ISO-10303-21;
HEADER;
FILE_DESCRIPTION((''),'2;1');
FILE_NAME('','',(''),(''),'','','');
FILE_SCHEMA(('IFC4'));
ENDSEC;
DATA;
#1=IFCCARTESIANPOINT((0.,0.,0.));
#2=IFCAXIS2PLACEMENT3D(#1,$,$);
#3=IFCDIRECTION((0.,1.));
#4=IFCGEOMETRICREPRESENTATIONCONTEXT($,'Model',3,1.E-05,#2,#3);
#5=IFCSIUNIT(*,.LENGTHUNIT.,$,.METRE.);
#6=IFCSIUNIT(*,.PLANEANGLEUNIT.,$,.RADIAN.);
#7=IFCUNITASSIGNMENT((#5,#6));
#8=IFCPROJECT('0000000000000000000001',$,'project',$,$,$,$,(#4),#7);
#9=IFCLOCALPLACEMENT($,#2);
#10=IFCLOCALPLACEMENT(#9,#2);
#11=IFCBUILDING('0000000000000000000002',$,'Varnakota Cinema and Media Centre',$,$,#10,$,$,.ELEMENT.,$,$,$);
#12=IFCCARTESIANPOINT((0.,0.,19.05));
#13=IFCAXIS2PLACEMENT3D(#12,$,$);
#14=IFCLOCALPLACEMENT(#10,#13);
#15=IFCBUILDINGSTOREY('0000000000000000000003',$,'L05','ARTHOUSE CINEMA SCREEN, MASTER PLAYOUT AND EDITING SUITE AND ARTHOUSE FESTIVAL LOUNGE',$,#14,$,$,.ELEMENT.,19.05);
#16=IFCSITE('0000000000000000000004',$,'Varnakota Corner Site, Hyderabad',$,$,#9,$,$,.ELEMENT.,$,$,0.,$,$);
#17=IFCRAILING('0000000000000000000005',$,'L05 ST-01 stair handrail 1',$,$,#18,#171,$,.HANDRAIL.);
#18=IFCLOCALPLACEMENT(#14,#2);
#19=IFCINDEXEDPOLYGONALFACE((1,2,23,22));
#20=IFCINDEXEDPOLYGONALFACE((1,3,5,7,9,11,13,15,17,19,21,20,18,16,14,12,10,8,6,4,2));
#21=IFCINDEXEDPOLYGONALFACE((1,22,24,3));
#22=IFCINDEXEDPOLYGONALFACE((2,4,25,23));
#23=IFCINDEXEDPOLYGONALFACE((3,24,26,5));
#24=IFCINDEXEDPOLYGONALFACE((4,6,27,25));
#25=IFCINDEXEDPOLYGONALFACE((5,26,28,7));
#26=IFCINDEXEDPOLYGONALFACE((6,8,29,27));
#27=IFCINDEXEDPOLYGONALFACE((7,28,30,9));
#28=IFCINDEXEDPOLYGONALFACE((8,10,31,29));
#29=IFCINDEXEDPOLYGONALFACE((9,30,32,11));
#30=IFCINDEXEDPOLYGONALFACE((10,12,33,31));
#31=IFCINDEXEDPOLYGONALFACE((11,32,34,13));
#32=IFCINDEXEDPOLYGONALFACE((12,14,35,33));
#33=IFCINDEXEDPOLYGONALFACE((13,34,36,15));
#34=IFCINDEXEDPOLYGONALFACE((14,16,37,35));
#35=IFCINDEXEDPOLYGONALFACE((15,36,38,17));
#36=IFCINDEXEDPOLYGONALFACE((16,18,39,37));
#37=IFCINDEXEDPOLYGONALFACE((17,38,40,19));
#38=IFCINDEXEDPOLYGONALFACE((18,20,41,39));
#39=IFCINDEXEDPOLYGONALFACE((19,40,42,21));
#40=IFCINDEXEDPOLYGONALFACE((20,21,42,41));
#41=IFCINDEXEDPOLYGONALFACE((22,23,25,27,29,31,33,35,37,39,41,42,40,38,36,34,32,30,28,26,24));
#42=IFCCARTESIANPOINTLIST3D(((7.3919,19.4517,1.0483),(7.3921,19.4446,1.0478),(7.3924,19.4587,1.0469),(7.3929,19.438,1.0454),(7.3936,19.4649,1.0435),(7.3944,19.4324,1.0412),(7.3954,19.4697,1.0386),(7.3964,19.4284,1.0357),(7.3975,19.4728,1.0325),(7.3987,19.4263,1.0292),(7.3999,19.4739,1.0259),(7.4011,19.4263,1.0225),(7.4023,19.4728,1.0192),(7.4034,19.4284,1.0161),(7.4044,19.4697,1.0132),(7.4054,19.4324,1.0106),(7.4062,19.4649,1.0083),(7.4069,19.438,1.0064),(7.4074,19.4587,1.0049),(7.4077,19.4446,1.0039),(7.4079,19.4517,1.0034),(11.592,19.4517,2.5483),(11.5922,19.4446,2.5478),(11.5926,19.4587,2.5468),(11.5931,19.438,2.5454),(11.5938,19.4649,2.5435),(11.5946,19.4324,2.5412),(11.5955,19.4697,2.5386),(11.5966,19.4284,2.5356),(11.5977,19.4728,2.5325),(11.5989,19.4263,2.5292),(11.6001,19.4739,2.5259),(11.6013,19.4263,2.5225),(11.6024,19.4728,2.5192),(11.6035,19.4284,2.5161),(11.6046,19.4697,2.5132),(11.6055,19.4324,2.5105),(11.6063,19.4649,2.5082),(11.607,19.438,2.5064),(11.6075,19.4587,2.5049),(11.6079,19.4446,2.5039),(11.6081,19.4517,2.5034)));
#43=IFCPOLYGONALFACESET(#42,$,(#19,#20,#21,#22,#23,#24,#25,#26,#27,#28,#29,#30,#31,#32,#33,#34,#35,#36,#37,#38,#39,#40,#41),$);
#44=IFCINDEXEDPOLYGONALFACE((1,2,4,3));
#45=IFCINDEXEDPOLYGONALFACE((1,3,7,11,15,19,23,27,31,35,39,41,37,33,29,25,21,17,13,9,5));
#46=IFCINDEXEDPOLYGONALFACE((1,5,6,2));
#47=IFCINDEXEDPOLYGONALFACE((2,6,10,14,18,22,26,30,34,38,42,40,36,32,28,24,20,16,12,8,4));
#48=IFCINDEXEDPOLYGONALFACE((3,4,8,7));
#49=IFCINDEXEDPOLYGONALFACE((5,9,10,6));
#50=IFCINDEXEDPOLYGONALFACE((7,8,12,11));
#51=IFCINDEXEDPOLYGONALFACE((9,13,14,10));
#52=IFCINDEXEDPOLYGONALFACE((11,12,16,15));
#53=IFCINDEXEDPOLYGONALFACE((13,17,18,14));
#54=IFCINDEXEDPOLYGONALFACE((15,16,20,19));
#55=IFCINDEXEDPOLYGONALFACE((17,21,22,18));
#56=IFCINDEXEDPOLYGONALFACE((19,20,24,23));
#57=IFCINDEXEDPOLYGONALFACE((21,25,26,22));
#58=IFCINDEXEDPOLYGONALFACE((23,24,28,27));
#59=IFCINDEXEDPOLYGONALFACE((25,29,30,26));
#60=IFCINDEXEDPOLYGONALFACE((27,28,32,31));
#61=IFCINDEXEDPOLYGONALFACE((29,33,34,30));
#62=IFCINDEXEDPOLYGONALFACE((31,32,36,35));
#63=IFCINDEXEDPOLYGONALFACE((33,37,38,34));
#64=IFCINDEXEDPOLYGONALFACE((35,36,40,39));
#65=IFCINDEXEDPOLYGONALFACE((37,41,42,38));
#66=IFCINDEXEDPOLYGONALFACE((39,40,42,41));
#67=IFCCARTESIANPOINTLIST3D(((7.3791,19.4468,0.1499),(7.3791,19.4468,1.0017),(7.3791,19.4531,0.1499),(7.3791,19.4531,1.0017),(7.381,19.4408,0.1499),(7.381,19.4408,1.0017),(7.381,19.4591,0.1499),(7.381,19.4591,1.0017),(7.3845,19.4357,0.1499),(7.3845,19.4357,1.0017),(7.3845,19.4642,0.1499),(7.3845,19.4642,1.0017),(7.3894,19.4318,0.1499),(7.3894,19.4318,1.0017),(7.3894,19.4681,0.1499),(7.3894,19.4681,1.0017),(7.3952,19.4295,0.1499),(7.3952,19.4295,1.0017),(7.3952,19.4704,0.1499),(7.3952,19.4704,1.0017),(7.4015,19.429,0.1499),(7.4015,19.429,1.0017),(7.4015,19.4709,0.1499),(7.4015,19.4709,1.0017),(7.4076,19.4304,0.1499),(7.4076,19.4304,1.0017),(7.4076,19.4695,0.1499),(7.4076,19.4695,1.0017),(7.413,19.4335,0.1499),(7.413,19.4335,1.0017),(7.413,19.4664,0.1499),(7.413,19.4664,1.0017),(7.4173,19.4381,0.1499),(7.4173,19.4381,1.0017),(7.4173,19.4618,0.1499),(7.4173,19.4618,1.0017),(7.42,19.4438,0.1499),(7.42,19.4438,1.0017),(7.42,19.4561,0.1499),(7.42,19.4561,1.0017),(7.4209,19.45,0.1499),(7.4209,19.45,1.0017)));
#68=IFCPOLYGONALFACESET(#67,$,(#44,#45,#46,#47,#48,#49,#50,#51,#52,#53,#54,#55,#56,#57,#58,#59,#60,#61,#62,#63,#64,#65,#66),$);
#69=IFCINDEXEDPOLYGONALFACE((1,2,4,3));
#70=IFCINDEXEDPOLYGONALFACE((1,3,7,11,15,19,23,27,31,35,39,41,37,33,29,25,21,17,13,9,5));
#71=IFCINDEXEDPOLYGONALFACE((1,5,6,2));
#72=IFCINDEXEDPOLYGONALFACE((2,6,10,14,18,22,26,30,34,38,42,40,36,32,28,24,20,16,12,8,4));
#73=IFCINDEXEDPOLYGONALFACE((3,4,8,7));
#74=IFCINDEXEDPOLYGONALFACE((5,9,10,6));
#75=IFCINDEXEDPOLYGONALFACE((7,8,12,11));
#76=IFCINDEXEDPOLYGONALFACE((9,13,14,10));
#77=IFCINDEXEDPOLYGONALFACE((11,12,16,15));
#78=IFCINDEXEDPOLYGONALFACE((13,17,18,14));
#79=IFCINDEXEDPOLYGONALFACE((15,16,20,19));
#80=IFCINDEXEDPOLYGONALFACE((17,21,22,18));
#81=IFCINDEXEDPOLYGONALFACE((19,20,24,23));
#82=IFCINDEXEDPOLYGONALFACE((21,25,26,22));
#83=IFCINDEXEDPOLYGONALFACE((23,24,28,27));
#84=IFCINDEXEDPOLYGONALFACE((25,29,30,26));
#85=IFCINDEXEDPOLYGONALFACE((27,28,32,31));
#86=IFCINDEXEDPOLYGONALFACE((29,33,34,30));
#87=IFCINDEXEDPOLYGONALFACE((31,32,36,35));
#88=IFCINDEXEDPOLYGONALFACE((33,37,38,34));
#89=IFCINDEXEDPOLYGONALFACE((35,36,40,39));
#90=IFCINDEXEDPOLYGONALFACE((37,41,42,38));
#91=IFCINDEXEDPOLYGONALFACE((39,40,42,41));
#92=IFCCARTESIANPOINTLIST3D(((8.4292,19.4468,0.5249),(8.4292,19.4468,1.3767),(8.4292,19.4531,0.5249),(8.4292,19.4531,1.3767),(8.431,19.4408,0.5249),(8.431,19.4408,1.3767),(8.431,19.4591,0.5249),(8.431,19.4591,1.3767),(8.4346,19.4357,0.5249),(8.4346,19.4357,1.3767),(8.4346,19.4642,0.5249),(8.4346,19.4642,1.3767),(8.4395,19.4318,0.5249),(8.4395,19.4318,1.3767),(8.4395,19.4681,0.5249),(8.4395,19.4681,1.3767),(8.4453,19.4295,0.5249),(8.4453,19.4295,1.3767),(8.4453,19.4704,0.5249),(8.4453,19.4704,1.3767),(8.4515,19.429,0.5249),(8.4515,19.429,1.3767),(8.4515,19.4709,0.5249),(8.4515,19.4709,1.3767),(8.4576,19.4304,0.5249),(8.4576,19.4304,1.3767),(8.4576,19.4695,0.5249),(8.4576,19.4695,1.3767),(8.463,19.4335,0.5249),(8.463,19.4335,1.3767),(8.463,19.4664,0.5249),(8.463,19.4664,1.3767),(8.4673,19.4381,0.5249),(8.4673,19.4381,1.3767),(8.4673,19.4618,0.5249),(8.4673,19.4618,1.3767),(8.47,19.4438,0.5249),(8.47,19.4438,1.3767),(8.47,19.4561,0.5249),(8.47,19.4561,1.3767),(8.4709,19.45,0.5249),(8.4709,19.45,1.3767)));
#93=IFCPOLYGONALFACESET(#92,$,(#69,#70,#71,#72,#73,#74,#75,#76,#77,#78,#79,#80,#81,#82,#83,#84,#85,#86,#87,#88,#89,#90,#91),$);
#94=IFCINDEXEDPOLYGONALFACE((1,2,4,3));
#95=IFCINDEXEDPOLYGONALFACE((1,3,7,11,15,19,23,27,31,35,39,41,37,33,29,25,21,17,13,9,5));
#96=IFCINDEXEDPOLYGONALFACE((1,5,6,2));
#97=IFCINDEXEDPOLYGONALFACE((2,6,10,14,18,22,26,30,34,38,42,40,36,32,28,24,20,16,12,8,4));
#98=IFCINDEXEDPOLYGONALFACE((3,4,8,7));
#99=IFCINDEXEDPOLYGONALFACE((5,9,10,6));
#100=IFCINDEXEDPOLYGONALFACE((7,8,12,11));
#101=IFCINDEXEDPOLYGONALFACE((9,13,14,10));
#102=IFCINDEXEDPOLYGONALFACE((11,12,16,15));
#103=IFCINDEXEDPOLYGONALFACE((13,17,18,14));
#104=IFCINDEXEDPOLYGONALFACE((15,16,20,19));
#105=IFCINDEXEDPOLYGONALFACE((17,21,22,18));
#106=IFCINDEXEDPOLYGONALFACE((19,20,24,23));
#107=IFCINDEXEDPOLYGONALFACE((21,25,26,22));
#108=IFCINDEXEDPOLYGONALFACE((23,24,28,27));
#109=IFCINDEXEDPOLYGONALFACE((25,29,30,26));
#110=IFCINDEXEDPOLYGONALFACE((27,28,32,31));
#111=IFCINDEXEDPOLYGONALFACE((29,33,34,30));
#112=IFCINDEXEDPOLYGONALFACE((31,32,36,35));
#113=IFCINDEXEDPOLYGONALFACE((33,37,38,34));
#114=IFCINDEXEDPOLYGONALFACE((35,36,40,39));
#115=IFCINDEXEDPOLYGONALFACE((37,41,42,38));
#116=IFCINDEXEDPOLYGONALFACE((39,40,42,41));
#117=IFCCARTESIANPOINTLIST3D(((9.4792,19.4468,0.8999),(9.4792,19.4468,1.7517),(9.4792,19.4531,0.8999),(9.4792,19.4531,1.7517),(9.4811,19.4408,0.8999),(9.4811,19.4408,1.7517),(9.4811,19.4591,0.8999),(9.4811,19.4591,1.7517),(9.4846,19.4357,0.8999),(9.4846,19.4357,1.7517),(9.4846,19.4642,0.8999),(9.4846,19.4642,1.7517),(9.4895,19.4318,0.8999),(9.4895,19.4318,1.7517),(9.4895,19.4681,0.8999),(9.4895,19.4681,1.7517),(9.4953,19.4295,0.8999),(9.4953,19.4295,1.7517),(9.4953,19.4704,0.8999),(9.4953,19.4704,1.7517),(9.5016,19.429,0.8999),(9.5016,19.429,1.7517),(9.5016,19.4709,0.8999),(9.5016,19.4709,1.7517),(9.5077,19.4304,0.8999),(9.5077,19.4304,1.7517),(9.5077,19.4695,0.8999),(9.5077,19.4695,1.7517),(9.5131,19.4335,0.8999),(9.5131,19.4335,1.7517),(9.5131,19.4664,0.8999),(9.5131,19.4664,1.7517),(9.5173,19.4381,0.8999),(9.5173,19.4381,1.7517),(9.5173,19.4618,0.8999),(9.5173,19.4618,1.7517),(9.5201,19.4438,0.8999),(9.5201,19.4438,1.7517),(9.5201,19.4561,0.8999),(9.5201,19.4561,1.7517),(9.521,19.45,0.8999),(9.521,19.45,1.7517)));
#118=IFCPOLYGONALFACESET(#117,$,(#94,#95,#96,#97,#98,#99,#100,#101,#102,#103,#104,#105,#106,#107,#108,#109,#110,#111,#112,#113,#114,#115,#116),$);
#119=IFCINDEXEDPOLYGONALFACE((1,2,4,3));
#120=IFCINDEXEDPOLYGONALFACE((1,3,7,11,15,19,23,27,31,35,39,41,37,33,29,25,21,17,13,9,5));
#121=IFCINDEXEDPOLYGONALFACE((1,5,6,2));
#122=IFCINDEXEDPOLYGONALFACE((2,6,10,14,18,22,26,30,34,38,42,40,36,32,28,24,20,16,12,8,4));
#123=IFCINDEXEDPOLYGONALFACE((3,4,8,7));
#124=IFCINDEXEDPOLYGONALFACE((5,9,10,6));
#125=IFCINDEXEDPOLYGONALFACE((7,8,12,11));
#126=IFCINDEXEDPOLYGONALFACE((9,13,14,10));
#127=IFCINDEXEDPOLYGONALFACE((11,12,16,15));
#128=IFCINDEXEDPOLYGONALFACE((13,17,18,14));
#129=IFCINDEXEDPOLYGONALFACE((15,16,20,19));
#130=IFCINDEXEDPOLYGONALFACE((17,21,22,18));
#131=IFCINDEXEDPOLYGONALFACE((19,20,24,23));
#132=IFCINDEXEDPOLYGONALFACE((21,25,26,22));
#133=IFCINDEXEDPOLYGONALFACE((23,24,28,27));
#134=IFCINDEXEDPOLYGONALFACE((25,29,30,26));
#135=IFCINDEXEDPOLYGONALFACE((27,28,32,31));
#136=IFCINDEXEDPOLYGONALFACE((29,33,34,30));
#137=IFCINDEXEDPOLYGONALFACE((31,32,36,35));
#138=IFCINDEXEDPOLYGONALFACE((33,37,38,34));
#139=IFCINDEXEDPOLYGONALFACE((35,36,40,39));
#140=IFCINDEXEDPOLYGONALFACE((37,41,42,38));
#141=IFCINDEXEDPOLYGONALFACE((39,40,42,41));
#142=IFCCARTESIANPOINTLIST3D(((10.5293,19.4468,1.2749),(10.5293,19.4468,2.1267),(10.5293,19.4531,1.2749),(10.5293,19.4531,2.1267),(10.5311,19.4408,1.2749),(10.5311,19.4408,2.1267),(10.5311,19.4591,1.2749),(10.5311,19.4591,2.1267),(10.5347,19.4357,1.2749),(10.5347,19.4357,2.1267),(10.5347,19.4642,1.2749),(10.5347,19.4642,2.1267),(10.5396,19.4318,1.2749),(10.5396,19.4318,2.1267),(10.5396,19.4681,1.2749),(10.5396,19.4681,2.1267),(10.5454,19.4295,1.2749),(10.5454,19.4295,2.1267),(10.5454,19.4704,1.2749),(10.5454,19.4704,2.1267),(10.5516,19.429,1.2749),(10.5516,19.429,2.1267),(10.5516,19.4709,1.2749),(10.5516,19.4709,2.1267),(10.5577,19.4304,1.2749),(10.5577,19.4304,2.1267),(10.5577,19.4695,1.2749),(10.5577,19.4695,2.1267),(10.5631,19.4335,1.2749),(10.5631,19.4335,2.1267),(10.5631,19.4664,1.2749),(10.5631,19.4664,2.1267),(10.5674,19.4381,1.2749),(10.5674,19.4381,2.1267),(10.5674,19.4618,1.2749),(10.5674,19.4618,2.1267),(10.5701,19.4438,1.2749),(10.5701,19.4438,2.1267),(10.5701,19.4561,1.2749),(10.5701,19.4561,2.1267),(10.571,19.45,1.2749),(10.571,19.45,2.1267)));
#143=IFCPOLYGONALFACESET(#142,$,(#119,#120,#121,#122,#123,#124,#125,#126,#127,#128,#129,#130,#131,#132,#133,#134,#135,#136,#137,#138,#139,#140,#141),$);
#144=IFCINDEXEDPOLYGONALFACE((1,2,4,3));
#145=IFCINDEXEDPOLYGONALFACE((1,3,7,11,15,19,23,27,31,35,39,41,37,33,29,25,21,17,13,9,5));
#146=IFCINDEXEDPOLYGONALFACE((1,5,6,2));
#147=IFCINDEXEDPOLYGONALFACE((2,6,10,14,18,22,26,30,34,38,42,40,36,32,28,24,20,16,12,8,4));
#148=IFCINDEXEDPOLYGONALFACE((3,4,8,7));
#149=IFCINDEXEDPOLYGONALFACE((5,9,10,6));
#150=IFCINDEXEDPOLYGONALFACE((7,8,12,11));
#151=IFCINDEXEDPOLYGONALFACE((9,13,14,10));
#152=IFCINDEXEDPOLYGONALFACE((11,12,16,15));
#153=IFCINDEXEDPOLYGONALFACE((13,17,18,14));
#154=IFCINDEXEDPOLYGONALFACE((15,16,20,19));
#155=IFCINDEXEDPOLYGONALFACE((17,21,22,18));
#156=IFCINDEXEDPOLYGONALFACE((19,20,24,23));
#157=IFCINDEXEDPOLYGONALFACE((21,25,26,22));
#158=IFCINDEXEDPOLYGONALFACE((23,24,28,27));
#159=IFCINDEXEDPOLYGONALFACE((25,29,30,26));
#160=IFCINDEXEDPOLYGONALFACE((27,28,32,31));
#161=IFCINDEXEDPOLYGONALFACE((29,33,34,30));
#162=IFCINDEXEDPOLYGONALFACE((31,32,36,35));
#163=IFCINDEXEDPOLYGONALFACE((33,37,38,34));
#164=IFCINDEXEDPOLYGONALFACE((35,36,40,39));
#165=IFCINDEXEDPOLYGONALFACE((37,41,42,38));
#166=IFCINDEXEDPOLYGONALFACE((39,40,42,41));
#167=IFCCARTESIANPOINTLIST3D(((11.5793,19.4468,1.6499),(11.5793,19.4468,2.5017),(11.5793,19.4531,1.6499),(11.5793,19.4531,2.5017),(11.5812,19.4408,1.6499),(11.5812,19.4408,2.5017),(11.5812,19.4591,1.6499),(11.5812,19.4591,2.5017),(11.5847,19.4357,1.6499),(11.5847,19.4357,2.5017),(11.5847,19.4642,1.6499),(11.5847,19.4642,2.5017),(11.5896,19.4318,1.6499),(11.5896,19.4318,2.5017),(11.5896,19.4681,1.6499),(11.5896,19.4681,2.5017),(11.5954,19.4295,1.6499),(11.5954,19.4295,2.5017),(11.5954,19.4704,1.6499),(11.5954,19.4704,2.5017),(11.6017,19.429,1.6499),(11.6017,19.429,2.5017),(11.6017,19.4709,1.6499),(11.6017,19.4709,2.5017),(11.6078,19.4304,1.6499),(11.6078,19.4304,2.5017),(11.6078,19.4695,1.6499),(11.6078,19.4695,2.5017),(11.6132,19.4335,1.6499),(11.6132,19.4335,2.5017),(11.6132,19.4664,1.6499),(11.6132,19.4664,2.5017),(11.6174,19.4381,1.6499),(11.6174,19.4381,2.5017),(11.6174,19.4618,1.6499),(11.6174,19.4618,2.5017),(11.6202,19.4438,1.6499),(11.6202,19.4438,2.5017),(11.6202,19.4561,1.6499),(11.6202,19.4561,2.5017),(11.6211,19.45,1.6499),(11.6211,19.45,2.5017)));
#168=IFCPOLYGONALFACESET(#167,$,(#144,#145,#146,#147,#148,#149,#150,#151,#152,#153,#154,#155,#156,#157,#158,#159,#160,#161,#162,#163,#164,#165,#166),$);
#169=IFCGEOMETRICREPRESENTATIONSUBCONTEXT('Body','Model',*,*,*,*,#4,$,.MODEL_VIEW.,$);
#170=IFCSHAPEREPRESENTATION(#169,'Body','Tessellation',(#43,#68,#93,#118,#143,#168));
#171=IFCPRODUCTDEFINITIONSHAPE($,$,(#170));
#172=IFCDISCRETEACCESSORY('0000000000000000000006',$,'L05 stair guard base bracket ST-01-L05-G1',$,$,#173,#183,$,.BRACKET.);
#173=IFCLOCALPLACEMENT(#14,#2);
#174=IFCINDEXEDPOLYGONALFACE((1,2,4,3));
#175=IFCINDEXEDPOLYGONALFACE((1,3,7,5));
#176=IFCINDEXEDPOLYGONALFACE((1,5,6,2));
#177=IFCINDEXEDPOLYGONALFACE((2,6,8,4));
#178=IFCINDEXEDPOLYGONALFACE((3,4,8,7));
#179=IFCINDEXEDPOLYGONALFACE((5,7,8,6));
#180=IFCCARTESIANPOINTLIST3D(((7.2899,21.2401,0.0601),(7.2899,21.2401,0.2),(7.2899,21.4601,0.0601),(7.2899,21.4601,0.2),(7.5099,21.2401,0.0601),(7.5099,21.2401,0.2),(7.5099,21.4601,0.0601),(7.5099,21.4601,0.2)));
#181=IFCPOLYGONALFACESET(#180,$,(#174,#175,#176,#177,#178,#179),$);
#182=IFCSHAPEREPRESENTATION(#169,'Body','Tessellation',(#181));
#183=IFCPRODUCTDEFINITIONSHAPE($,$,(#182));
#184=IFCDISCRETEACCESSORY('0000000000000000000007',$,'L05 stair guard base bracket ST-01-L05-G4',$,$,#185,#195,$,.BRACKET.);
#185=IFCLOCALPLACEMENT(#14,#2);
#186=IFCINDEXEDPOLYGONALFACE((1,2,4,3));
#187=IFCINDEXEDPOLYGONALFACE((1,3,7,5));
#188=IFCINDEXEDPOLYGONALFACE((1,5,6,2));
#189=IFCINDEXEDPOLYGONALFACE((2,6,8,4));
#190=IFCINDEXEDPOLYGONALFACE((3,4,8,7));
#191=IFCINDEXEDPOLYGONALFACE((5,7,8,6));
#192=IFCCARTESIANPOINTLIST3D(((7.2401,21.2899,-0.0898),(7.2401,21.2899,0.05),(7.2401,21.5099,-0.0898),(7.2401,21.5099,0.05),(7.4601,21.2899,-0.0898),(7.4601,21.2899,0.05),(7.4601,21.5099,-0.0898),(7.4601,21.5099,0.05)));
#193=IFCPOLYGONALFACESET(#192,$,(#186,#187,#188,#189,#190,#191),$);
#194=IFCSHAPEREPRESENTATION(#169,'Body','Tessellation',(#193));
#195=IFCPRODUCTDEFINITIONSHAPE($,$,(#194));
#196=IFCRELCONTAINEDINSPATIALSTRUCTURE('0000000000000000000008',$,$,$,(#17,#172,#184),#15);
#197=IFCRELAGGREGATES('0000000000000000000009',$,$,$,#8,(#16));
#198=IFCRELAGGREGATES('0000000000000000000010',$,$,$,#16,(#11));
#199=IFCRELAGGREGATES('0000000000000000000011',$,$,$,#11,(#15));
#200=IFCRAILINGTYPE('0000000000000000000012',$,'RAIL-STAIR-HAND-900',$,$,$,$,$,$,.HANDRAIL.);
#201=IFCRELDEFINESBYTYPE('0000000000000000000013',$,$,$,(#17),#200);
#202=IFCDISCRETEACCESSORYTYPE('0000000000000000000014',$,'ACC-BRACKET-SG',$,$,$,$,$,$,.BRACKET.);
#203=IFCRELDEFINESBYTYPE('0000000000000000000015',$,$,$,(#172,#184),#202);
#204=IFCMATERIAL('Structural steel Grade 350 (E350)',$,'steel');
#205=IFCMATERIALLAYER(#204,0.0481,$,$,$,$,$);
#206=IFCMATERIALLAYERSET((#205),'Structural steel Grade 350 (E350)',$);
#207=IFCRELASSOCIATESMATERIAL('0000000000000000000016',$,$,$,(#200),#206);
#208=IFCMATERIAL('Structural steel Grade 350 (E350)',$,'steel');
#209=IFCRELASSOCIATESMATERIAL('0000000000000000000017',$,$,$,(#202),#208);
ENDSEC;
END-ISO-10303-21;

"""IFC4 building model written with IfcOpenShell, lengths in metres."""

from ifc_helpers import new_model, si_unit, direction, frame, origin, origin_2d, place, context, subcontext, project, spatial, rectangle, circle, extrude, material, layer, layer_set, type_object, element, save


model = new_model("IFC4")

# Units and contexts
model_context = context("Model", 3, precision=1e-05, world=origin(), true_north=direction((0.0, 1.0)))
body_context = subcontext(model_context, "Body", "Model", "MODEL_VIEW")
ifc_project = project(units=[si_unit("LENGTHUNIT", "METRE"), si_unit("PLANEANGLEUNIT", "RADIAN")], contexts=[model_context])

# Site, building, storey
site_placement = place(None, origin())
site = spatial("IfcSite", under=ifc_project, at=site_placement, Name="Varnakota Corner Site, Hyderabad", CompositionType="ELEMENT", RefElevation=0.0)
building_placement = place(site_placement, origin())
building = spatial("IfcBuilding", under=site, at=building_placement, Name="Varnakota Cinema and Media Centre", CompositionType="ELEMENT")
storey_placement = place(building_placement, frame((0.0, 0.0, 19.05)))
storey = spatial("IfcBuildingStorey", under=building, at=storey_placement, Name="L05", Description="ARTHOUSE CINEMA SCREEN, MASTER PLAYOUT AND EDITING SUITE AND ARTHOUSE FESTIVAL LOUNGE", CompositionType="ELEMENT", Elevation=19.05)

# Railing
ifc_material_1 = material(Name="Structural steel Grade 350 (E350)", Category="steel")
ifc_layer_1 = layer(ifc_material_1, 0.0481)
ifc_layer_set_1 = layer_set([ifc_layer_1], Name="Structural steel Grade 350 (E350)")
railing_type_1 = type_object("IfcRailingType", Name="RAIL-STAIR-HAND-900", PredefinedType="HANDRAIL", material=ifc_layer_set_1)
railing_1_placement = place(storey_placement, frame((7.3999, 19.45, 0.1499)))
element("IfcRailing", 1, at=railing_1_placement, inside=storey, type_object=railing_type_1, Name="L05 ST-01 stair handrail 1", PredefinedType="HANDRAIL", context=body_context, shape_type="SweptSolid", body=[
    extrude(circle(Radius=0.0239, at=origin_2d()), frame((0.0, 0.0, 0.876), z_axis=(0.941747, 0.0, 0.336323), x_axis=(0.0, 1.0, 0.0)), (0.0, 0.0, 1.0), 4.46),
    extrude(circle(Radius=0.021, at=origin_2d()), origin(), (0.0, 0.0, 1.0), 0.8518),
    extrude(circle(Radius=0.021, at=origin_2d()), frame((1.05, 0.0, 0.375)), (0.0, 0.0, 1.0), 0.8518),
    extrude(circle(Radius=0.021, at=origin_2d()), frame((2.1001, 0.0, 0.75)), (0.0, 0.0, 1.0), 0.8518),
    extrude(circle(Radius=0.021, at=origin_2d()), frame((3.1501, 0.0, 1.125)), (0.0, 0.0, 1.0), 0.8518),
    extrude(circle(Radius=0.021, at=origin_2d()), frame((4.2002, 0.0, 1.5)), (0.0, 0.0, 1.0), 0.8518),
])

# Discrete accessories
ifc_material_2 = material(Name="Structural steel Grade 350 (E350)", Category="steel")
discrete_accessory_type = type_object("IfcDiscreteAccessoryType", Name="ACC-BRACKET-SG", PredefinedType="BRACKET", material=ifc_material_2)
for number, where, z_axis, x_axis, name in (
    (2, (7.3999, 21.3501, 0.0601), (0.0, 0.0, 1.0), (1.0, 0.0, 0.0), "L05 stair guard base bracket ST-01-L05-G1"),
    (3, (7.3501, 21.3999, -0.0898), (0.0, 0.0, 1.0), (1.0, 0.0, 0.0), "L05 stair guard base bracket ST-01-L05-G4"),
):
    element("IfcDiscreteAccessory", number, at=place(storey_placement, frame(where, z_axis=z_axis, x_axis=x_axis)), inside=storey, type_object=discrete_accessory_type, Name=name, PredefinedType="BRACKET", context=body_context, shape_type="SweptSolid", body=[
        extrude(rectangle(XDim=0.22, YDim=0.22, at=origin_2d()), origin(), (0.0, 0.0, 1.0), 0.1399),
    ])

save(model, "model.ifc")
